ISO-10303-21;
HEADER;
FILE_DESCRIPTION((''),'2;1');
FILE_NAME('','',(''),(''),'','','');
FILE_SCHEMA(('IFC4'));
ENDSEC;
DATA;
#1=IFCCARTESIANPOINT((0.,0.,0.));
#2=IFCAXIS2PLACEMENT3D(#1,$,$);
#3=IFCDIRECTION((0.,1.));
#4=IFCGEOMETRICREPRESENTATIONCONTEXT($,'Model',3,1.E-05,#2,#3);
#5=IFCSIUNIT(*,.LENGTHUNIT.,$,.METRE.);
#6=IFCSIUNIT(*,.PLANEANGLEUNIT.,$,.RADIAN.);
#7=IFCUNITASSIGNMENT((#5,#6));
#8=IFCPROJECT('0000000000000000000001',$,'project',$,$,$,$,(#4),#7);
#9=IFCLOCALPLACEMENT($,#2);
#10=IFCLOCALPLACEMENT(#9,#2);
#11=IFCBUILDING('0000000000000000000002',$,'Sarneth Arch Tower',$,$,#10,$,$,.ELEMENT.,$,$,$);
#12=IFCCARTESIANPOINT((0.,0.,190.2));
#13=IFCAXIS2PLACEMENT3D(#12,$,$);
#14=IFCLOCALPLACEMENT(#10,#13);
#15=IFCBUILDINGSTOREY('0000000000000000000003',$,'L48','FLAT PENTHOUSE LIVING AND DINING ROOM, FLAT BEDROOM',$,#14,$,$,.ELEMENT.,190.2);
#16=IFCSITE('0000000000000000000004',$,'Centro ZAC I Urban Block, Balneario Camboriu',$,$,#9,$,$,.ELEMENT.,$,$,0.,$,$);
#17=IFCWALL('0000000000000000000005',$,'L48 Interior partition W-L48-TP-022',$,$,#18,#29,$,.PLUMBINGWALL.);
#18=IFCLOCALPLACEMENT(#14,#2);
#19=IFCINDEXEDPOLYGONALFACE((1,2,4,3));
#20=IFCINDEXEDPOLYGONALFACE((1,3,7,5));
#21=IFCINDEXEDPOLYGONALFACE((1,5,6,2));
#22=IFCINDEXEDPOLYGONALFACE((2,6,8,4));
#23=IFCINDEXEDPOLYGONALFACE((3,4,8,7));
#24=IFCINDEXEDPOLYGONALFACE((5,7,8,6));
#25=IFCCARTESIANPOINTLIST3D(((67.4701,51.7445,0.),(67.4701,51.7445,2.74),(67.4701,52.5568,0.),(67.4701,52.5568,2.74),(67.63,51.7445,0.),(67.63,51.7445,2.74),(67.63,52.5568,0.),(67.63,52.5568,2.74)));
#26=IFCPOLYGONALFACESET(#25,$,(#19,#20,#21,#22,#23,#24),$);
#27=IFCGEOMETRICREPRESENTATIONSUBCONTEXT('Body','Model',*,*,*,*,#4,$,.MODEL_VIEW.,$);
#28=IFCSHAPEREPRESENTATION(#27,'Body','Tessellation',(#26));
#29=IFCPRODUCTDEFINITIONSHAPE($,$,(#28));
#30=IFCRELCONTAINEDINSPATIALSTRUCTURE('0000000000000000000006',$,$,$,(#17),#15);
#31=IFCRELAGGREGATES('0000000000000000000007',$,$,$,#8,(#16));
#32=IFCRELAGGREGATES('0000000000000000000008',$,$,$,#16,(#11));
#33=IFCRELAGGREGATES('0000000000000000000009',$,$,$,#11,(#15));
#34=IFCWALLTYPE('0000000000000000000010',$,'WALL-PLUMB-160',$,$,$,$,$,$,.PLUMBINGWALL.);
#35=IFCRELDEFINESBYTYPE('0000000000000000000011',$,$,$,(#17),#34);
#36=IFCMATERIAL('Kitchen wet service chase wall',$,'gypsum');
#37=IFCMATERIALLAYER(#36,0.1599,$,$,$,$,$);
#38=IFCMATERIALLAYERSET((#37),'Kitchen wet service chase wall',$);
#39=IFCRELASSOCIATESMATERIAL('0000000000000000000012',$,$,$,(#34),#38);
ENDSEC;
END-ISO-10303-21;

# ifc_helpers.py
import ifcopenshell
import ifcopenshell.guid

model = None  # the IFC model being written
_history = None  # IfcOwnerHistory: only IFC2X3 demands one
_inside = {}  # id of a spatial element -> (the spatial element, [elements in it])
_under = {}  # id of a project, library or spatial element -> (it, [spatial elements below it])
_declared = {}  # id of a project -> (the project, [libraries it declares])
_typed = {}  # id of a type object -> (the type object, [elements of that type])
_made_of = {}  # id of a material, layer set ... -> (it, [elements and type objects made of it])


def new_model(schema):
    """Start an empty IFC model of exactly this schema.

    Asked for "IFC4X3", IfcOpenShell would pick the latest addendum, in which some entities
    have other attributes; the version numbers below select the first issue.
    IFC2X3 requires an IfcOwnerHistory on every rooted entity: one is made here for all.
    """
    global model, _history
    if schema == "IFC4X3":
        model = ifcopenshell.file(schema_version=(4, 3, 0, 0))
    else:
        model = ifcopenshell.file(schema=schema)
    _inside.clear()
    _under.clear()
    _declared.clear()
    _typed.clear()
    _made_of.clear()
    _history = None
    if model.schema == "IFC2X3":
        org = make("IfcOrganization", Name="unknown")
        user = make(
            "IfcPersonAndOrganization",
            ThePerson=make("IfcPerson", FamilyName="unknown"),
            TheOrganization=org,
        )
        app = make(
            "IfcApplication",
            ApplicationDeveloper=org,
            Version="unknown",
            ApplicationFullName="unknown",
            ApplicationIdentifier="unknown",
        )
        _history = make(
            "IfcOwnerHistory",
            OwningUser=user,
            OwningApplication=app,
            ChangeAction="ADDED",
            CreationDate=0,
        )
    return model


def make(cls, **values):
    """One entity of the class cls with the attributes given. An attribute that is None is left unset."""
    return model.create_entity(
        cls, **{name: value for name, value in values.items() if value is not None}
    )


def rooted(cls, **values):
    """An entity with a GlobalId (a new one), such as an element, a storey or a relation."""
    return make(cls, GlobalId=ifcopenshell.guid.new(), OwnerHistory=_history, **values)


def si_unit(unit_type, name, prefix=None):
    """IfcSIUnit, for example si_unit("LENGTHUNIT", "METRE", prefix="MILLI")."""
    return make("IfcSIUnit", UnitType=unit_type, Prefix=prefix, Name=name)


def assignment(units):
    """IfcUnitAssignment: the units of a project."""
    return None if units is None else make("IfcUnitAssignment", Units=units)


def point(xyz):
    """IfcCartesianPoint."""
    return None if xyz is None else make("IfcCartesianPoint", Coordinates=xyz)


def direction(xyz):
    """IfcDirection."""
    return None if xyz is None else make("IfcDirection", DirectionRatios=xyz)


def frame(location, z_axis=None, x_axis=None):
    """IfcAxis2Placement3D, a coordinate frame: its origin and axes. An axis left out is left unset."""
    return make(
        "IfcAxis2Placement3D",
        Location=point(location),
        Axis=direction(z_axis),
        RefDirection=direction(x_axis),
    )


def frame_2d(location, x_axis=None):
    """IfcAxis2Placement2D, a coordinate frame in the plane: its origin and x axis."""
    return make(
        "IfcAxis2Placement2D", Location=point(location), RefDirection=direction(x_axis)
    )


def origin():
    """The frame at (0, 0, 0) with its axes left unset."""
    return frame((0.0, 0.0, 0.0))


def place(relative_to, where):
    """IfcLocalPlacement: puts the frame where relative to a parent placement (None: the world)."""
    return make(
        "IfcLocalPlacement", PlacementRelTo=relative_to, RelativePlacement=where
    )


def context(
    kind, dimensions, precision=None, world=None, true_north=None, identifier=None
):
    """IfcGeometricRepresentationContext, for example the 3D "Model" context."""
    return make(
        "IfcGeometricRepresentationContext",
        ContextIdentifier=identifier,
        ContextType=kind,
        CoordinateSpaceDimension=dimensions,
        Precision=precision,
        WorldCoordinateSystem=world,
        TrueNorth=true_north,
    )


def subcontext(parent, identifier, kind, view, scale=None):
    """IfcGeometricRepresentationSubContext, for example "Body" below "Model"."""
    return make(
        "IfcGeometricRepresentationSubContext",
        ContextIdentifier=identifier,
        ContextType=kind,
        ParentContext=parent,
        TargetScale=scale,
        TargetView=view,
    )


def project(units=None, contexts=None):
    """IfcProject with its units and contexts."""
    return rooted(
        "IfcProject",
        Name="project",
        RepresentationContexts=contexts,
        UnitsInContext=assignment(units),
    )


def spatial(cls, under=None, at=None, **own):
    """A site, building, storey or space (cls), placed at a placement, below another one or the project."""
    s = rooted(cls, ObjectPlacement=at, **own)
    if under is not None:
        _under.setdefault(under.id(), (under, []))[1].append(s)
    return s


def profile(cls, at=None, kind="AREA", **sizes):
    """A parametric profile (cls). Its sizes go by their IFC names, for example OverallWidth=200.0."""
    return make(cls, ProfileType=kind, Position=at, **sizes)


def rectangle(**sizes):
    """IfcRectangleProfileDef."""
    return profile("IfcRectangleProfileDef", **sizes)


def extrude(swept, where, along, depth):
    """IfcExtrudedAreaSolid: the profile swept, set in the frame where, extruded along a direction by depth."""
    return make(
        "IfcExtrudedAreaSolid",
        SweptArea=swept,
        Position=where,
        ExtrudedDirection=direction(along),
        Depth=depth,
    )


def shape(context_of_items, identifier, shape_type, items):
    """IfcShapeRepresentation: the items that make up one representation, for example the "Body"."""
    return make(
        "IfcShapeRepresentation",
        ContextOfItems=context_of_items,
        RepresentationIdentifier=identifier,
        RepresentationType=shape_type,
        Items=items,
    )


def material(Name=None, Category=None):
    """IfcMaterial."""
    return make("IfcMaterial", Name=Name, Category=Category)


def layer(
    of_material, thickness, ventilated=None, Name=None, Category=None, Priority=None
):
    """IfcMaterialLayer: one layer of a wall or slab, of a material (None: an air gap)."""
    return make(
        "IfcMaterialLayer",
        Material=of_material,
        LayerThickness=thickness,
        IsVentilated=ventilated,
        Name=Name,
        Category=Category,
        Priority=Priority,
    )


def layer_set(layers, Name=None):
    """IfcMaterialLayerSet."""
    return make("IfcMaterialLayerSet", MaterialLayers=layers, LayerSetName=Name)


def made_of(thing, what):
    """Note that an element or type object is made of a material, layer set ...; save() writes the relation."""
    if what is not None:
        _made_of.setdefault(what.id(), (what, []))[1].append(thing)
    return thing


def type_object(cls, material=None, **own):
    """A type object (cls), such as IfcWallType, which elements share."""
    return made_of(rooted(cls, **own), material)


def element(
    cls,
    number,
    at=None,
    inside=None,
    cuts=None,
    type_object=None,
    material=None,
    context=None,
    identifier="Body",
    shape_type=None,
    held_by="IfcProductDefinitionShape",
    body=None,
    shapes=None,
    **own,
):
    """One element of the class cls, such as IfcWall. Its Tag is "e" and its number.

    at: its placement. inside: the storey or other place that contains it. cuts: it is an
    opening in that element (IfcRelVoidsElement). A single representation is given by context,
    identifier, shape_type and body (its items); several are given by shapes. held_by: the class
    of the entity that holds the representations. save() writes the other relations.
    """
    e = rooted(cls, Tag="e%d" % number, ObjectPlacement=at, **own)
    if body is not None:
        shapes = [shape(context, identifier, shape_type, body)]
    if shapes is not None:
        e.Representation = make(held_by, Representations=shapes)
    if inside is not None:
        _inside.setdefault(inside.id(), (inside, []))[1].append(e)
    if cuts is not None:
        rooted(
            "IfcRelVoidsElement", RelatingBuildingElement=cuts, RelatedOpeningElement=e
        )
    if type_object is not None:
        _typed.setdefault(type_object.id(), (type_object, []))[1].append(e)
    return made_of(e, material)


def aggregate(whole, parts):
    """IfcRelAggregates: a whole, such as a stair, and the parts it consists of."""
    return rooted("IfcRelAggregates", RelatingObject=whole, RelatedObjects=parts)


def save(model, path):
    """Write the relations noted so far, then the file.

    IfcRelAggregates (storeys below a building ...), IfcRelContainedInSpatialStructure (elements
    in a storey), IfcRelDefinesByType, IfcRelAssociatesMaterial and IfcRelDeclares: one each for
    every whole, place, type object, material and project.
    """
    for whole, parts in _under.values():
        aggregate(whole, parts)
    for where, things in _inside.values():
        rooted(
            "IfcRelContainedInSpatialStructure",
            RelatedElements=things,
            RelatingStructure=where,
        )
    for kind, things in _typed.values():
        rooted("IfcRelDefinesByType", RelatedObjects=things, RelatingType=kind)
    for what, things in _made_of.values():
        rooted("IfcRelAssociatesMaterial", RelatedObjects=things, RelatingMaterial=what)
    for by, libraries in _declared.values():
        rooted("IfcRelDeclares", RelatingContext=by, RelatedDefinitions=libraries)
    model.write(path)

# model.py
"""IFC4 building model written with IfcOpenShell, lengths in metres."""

from ifc_helpers import new_model, si_unit, direction, frame, frame_2d, origin, place, context, subcontext, project, spatial, rectangle, extrude, material, layer, layer_set, type_object, element, save


model = new_model("IFC4")

# Units and contexts
model_context = context("Model", 3, precision=1e-05, world=origin(), true_north=direction((0.0, 1.0)))
body_context = subcontext(model_context, "Body", "Model", "MODEL_VIEW")
ifc_project = project(units=[si_unit("LENGTHUNIT", "METRE"), si_unit("PLANEANGLEUNIT", "RADIAN")], contexts=[model_context])

# Site, building, storey
site_placement = place(None, origin())
site = spatial("IfcSite", under=ifc_project, at=site_placement, Name="Centro ZAC I Urban Block, Balneario Camboriu", CompositionType="ELEMENT", RefElevation=0.0)
building_placement = place(site_placement, origin())
building = spatial("IfcBuilding", under=site, at=building_placement, Name="Sarneth Arch Tower", CompositionType="ELEMENT")
storey_placement = place(building_placement, frame((0.0, 0.0, 190.2)))
storey = spatial("IfcBuildingStorey", under=building, at=storey_placement, Name="L48", Description="FLAT PENTHOUSE LIVING AND DINING ROOM, FLAT BEDROOM", CompositionType="ELEMENT", Elevation=190.2)

# Wall
ifc_material_1 = material(Name="Kitchen wet service chase wall", Category="gypsum")
ifc_layer_1 = layer(ifc_material_1, 0.1599)
ifc_layer_set_1 = layer_set([ifc_layer_1], Name="Kitchen wet service chase wall")
wall_type_1 = type_object("IfcWallType", Name="WALL-PLUMB-160", PredefinedType="PLUMBINGWALL", material=ifc_layer_set_1)
wall_1_placement = place(storey_placement, frame((67.55, 51.7444, 0.0), z_axis=(0.0, 0.0, 1.0), x_axis=(0.0, 1.0, 0.0)))
element("IfcWall", 1, at=wall_1_placement, inside=storey, type_object=wall_type_1, Name="L48 Interior partition W-L48-TP-022", PredefinedType="PLUMBINGWALL", context=body_context, shape_type="SweptSolid", body=[
    extrude(rectangle(XDim=0.8123, YDim=0.1599, at=frame_2d((0.4062, 0.0))), origin(), (0.0, 0.0, 1.0), 2.74),
])

save(model, "model.ifc")
